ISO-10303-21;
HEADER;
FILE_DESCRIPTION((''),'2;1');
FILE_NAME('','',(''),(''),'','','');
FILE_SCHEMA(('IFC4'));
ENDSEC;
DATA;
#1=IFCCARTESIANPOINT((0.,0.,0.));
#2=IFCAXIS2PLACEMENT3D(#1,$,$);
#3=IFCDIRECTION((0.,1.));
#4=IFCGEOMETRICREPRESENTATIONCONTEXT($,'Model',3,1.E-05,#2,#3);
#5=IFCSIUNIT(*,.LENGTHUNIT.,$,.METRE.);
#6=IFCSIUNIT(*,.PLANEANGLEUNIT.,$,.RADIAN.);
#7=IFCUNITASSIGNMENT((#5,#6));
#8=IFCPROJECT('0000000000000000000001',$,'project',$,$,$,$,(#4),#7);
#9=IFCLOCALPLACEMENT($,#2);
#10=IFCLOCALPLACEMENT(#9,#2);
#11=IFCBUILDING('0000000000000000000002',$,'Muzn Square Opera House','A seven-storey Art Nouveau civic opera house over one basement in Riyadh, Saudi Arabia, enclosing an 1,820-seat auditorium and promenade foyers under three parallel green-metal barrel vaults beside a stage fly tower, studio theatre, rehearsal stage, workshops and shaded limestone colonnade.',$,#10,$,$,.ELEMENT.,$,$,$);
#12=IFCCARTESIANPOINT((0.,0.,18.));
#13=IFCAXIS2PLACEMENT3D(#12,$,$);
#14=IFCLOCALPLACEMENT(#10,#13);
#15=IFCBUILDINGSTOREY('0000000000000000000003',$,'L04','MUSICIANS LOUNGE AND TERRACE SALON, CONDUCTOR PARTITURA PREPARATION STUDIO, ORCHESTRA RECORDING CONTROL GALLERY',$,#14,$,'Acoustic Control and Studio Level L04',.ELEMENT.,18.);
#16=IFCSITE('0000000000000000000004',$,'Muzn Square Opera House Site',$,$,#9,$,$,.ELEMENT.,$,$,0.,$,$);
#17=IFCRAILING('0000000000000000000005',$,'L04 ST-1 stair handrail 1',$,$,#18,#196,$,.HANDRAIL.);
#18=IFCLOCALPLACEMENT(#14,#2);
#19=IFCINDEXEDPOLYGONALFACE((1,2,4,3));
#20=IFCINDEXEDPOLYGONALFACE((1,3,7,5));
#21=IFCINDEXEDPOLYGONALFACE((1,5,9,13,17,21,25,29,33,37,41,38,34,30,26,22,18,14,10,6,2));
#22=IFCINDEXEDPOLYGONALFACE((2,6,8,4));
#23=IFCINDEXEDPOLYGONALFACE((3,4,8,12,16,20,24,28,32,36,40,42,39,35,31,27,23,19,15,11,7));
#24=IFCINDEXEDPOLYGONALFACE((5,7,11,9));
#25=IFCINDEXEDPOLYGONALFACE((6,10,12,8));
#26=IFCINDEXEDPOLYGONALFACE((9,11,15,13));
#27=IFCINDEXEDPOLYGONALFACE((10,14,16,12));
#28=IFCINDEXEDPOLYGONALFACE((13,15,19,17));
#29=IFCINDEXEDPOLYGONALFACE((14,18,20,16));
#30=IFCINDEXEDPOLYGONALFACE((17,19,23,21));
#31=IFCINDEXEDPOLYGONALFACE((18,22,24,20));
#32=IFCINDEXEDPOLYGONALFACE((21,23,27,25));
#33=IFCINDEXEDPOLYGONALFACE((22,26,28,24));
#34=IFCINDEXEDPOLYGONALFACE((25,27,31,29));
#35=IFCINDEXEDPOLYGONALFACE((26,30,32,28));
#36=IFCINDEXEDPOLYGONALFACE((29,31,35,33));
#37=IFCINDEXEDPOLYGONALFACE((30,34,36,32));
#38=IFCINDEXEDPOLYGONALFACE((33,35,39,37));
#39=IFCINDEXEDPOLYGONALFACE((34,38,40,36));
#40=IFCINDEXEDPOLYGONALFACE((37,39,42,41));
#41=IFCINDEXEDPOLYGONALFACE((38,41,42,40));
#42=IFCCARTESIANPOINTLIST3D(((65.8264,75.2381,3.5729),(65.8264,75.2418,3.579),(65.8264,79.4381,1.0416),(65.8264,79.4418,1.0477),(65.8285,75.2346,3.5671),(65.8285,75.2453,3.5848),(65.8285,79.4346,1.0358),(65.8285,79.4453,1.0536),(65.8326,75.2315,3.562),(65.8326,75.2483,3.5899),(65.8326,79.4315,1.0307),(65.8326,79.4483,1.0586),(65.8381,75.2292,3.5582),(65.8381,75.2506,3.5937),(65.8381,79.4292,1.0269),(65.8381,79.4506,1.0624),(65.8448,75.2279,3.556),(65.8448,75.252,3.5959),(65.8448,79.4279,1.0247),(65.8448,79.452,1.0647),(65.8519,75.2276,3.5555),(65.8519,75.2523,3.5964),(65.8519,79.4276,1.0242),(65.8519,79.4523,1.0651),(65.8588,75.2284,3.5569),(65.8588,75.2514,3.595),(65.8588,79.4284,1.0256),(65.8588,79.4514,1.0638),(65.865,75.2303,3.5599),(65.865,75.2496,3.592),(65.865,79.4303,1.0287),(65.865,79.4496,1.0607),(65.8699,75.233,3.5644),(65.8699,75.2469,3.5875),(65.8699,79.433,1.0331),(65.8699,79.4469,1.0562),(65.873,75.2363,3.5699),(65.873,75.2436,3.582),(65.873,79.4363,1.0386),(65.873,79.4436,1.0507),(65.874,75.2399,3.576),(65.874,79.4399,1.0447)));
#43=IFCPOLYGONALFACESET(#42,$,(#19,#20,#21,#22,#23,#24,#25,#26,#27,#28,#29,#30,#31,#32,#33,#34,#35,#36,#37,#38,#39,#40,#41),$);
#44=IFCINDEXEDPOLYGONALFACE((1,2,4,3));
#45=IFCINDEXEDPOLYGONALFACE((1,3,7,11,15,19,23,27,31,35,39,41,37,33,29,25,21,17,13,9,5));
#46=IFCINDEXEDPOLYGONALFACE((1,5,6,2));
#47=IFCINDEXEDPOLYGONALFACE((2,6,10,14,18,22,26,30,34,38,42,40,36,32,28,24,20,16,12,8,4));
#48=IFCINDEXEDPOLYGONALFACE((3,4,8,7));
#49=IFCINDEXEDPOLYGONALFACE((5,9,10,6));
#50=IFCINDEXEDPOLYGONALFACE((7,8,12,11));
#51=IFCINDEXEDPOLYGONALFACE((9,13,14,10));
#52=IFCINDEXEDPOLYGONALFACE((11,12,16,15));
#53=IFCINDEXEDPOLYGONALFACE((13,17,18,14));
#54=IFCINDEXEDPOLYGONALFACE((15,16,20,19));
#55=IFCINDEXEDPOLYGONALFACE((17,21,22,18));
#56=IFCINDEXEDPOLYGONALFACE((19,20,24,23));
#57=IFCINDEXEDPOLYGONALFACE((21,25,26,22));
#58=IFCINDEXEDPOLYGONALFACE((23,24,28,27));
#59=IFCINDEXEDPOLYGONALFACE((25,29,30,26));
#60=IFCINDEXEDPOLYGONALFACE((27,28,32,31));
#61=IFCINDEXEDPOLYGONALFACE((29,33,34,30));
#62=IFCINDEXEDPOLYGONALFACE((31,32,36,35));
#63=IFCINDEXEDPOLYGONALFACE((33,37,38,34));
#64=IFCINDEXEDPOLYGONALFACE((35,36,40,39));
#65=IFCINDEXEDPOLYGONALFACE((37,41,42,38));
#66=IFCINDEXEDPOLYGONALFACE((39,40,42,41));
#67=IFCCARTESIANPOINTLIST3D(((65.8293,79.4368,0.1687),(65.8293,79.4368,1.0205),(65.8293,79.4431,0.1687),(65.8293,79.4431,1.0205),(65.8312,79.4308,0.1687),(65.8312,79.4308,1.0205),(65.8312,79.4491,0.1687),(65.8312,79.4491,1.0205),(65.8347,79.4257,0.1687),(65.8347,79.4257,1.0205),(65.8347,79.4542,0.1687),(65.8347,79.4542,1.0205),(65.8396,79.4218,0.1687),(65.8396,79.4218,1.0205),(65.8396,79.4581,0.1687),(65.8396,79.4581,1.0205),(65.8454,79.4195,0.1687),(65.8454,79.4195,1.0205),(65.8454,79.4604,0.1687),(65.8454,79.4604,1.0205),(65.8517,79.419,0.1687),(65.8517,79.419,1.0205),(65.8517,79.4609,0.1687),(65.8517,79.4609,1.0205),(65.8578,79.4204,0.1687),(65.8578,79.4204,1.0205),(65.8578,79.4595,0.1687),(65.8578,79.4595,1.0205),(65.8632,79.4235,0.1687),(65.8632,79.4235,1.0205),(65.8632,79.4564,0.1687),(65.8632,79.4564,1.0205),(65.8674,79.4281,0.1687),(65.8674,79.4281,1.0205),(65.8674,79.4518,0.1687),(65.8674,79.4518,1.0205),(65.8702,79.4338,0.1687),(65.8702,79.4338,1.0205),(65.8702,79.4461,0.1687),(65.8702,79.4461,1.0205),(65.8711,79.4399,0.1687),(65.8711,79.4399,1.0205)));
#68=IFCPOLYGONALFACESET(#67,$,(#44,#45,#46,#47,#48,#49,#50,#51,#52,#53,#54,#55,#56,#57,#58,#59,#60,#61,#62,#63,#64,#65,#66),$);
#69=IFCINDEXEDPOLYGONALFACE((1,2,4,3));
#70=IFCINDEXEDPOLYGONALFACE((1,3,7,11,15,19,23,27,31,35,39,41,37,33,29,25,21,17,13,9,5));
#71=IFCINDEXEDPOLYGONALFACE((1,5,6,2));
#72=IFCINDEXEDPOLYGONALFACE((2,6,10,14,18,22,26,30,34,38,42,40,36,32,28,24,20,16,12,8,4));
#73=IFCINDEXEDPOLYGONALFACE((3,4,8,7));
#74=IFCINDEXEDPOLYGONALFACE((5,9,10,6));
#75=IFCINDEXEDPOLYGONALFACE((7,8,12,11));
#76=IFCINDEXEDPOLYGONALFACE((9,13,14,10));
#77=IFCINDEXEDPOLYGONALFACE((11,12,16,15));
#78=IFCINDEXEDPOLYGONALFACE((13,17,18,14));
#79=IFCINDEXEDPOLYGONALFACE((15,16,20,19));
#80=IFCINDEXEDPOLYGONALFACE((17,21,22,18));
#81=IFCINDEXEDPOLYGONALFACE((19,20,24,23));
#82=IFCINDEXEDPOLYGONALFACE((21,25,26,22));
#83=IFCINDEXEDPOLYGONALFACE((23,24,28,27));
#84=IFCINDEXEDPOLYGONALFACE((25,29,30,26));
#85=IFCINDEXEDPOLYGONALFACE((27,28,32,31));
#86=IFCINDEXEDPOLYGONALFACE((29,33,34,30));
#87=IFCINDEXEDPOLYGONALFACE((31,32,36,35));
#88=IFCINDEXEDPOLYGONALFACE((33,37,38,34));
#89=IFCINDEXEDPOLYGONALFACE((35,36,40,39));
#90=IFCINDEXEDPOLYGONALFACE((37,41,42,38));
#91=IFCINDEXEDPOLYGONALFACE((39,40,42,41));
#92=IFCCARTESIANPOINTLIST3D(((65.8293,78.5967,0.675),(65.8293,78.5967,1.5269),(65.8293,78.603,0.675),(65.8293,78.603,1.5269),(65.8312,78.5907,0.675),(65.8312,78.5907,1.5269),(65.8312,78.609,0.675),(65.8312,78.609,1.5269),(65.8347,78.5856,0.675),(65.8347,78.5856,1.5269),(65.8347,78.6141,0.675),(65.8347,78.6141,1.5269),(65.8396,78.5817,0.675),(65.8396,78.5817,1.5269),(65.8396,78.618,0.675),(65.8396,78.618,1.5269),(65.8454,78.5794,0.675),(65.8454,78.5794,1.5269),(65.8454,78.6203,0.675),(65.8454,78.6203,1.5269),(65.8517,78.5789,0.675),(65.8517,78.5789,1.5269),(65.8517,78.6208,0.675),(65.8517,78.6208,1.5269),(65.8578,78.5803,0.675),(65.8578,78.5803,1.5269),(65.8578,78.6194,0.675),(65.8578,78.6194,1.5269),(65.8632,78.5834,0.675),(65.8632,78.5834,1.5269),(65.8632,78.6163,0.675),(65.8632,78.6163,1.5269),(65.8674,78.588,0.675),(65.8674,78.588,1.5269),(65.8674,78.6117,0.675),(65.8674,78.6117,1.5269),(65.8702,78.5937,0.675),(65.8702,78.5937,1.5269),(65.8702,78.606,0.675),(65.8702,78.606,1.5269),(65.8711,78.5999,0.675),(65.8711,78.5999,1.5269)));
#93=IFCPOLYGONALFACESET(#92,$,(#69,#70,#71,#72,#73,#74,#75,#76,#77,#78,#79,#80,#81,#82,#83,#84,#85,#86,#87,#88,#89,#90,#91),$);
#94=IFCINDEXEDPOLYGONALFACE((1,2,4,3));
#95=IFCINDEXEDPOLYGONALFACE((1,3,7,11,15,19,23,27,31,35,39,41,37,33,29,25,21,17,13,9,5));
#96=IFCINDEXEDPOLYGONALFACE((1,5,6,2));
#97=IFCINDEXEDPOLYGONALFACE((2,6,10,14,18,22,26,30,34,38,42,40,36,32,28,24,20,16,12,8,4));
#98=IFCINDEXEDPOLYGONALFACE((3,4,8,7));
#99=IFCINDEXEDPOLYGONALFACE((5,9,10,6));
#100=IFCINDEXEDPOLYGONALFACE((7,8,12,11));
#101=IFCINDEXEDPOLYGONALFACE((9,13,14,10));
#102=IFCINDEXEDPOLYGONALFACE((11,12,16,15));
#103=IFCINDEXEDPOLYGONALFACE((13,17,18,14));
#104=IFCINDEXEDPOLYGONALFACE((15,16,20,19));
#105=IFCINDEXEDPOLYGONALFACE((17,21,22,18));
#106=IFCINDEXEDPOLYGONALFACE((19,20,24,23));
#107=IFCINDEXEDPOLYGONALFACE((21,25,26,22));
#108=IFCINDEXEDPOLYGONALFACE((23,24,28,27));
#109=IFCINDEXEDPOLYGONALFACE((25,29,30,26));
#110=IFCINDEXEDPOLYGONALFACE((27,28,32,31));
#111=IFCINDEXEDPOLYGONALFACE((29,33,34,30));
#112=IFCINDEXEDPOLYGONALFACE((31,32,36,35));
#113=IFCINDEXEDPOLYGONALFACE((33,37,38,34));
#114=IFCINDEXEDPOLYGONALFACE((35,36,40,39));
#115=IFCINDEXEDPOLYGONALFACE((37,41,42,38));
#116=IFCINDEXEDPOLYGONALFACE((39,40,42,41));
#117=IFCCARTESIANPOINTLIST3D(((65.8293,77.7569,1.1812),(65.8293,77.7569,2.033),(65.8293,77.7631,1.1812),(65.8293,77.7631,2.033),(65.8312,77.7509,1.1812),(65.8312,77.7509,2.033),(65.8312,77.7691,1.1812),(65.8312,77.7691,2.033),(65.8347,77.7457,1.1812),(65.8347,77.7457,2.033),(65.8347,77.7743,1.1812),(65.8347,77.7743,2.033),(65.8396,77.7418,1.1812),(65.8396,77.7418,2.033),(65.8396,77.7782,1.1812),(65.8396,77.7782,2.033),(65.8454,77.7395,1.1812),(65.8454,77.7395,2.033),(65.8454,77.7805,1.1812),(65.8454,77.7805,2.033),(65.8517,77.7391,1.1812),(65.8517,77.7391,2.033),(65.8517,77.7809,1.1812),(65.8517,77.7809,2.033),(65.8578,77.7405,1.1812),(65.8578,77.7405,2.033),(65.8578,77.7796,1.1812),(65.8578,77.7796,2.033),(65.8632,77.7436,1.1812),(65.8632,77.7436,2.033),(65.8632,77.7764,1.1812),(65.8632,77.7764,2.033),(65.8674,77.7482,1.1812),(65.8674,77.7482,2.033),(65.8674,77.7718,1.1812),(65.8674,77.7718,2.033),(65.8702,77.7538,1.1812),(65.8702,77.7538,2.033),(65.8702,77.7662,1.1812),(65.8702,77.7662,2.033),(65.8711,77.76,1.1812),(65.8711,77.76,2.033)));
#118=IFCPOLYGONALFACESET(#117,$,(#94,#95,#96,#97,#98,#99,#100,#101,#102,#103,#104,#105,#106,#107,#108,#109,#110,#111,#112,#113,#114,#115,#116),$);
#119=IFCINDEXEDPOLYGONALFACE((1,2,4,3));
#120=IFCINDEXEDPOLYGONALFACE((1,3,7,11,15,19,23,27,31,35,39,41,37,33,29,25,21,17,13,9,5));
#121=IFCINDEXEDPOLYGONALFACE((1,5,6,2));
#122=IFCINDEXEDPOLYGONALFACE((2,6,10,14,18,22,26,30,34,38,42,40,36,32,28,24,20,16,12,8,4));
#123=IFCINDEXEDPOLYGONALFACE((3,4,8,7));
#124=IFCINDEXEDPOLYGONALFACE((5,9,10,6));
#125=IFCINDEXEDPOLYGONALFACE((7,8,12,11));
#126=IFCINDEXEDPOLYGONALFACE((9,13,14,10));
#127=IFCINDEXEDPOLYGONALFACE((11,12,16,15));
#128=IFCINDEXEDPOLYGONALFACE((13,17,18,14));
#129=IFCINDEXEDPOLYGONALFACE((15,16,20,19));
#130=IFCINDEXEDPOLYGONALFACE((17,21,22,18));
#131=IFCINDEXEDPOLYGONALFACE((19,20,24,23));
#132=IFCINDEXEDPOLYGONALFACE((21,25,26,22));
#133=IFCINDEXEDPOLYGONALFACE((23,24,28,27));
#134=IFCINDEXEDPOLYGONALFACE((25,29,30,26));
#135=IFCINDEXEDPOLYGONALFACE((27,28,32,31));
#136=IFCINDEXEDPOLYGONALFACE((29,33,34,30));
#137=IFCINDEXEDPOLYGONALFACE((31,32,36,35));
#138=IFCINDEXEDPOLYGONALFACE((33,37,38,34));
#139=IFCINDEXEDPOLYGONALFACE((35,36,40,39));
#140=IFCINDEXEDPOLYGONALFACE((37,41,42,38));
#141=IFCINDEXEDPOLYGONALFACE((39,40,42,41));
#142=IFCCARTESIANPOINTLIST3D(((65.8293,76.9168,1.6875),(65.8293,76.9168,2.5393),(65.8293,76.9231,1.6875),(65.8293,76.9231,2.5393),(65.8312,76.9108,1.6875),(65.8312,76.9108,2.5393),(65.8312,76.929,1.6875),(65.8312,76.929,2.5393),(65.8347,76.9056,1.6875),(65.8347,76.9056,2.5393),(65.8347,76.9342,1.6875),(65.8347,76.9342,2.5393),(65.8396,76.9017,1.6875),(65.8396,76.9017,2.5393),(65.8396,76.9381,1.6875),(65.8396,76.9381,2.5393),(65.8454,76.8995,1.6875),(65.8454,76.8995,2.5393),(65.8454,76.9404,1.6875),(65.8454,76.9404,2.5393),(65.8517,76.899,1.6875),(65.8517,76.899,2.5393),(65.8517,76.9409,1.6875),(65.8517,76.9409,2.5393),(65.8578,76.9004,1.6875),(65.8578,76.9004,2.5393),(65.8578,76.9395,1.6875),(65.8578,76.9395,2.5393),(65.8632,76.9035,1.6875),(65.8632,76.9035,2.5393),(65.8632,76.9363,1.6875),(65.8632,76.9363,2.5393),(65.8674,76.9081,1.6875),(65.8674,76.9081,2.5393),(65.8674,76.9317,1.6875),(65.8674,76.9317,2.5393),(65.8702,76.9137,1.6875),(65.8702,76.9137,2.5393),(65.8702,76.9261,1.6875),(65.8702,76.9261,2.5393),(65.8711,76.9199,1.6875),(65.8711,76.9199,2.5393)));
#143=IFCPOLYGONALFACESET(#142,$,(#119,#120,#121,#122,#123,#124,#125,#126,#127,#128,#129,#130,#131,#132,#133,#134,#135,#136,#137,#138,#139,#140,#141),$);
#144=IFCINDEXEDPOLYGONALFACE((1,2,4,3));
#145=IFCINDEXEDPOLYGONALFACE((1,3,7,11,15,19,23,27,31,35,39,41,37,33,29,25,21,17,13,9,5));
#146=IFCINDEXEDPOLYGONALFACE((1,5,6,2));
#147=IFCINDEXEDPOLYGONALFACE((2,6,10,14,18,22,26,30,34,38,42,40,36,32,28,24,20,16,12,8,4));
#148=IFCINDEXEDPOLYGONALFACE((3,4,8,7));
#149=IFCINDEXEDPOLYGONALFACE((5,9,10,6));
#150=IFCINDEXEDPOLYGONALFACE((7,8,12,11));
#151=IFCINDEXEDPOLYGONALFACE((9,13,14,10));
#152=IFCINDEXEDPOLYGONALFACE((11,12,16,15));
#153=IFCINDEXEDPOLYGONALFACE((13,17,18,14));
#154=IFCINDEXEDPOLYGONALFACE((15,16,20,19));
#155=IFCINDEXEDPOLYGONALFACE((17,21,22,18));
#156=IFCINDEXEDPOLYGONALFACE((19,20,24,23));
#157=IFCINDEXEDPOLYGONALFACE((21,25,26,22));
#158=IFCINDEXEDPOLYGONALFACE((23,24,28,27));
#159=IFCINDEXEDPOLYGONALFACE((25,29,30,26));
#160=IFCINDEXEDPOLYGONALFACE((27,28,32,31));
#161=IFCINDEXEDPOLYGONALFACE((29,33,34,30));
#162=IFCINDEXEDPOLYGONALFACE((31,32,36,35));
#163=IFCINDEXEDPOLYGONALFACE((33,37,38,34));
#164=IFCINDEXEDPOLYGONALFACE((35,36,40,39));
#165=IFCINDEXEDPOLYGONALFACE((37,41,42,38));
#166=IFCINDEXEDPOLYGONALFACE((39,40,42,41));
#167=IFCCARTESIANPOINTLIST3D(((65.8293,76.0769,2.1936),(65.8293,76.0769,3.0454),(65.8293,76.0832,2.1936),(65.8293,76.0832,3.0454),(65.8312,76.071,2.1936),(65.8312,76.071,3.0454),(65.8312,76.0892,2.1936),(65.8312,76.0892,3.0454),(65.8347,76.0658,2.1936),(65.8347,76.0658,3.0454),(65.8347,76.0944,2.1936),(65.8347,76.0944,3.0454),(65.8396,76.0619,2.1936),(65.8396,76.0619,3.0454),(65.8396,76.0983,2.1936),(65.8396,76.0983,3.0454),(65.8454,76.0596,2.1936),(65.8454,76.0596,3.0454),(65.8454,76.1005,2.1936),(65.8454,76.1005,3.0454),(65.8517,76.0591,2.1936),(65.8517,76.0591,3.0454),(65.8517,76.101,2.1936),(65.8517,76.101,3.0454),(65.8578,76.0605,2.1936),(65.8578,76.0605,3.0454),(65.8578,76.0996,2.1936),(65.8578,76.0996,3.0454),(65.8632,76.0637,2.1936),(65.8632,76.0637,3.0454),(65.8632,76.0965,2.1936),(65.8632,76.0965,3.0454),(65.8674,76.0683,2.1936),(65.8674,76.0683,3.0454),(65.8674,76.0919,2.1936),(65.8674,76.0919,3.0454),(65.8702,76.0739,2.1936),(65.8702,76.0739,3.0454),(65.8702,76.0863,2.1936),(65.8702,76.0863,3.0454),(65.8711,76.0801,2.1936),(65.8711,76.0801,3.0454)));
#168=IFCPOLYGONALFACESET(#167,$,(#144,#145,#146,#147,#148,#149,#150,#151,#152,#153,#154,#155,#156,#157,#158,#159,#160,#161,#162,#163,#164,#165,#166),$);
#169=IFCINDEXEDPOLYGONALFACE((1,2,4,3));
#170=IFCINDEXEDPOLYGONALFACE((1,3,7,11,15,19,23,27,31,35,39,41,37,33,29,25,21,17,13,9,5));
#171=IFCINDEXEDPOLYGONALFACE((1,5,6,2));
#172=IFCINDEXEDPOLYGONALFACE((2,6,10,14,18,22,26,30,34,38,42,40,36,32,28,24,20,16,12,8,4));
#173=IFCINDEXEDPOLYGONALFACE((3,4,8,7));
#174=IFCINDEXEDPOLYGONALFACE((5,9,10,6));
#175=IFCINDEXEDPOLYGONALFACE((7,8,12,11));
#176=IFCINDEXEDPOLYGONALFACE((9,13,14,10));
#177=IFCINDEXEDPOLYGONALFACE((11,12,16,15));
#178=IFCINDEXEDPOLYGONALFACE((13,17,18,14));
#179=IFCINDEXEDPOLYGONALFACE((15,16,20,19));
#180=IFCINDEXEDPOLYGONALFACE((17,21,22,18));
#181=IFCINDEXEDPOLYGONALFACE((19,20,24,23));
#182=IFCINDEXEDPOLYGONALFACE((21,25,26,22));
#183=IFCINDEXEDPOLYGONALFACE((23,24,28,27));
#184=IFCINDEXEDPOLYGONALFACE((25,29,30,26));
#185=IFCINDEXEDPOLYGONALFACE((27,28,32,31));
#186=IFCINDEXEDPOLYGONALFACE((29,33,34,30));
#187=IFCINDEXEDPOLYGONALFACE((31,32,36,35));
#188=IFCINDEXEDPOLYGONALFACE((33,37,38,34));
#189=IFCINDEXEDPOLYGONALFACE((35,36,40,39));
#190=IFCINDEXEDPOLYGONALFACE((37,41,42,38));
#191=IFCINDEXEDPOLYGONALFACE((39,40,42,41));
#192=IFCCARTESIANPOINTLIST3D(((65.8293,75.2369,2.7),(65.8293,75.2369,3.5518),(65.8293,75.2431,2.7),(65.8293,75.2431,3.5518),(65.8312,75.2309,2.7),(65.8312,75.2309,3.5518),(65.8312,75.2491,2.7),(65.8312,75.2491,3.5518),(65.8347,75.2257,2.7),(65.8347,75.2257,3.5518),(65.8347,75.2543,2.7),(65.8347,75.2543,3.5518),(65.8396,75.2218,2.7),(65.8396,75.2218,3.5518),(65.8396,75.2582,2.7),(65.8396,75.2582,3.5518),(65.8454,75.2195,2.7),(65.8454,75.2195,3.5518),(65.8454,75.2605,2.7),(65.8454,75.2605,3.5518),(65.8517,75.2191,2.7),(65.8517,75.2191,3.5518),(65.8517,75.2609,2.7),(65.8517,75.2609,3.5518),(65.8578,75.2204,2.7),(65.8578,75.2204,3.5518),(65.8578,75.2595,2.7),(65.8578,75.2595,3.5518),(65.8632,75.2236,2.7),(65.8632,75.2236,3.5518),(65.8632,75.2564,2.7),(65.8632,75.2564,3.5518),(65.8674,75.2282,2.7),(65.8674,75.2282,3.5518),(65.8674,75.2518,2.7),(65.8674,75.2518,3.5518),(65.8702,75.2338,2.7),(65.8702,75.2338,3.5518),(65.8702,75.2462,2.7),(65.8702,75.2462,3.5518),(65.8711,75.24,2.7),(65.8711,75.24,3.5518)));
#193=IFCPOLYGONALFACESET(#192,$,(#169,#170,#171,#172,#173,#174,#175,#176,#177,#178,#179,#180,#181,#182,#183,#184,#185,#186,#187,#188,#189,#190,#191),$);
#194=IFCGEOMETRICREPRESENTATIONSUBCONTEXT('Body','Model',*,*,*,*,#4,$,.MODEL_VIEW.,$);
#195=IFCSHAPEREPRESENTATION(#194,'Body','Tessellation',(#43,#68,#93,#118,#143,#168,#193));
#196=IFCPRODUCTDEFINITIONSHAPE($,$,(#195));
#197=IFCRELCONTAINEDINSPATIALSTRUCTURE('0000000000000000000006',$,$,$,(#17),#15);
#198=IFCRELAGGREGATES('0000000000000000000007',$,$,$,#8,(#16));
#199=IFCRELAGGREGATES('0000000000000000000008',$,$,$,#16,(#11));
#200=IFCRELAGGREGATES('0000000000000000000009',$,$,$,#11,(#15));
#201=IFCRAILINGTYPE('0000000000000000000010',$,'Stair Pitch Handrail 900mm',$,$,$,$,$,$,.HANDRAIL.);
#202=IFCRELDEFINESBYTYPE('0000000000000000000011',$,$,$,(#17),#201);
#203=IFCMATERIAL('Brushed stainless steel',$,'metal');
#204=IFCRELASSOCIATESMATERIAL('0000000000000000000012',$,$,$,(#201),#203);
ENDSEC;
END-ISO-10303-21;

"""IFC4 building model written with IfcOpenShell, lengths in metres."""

from ifc_helpers import new_model, si_unit, direction, frame, origin, origin_2d, place, context, subcontext, project, spatial, circle, extrude, material, type_object, element, save


model = new_model("IFC4")

# Units and contexts
model_context = context("Model", 3, precision=1e-05, world=origin(), true_north=direction((0.0, 1.0)))
body_context = subcontext(model_context, "Body", "Model", "MODEL_VIEW")
ifc_project = project(units=[si_unit("LENGTHUNIT", "METRE"), si_unit("PLANEANGLEUNIT", "RADIAN")], contexts=[model_context])

# Site, building, storey
site_placement = place(None, origin())
site = spatial("IfcSite", under=ifc_project, at=site_placement, Name="Muzn Square Opera House Site", CompositionType="ELEMENT", RefElevation=0.0)
building_placement = place(site_placement, origin())
building = spatial("IfcBuilding", under=site, at=building_placement, Name="Muzn Square Opera House", Description="A seven-storey Art Nouveau civic opera house over one basement in Riyadh, Saudi Arabia, enclosing an 1,820-seat auditorium and promenade foyers under three parallel green-metal barrel vaults beside a stage fly tower, studio theatre, rehearsal stage, workshops and shaded limestone colonnade.", CompositionType="ELEMENT")
storey_placement = place(building_placement, frame((0.0, 0.0, 18.0)))
storey = spatial("IfcBuildingStorey", under=building, at=storey_placement, Name="L04", Description="MUSICIANS LOUNGE AND TERRACE SALON, CONDUCTOR PARTITURA PREPARATION STUDIO, ORCHESTRA RECORDING CONTROL GALLERY", LongName="Acoustic Control and Studio Level L04", CompositionType="ELEMENT", Elevation=18.0)

# Shared definitions
ifc_material_1 = material(Name="Brushed stainless steel", Category="metal")

# Railing
railing_type_1 = type_object("IfcRailingType", Name="Stair Pitch Handrail 900mm", PredefinedType="HANDRAIL", material=ifc_material_1)
railing_1_placement = place(storey_placement, frame((65.8501, 79.4399, 0.1687)))
element("IfcRailing", 1, at=railing_1_placement, inside=storey, type_object=railing_type_1, Name="L04 ST-1 stair handrail 1", PredefinedType="HANDRAIL", context=body_context, shape_type="SweptSolid", body=[
    extrude(circle(Radius=0.0239, at=origin_2d()), frame((0.0, 0.0, 0.876), z_axis=(0.0, -0.856476, 0.516186), x_axis=(1.0, 0.0, 0.0)), (0.0, 0.0, 1.0), 4.9038),
    extrude(circle(Radius=0.021, at=origin_2d()), origin(), (0.0, 0.0, 1.0), 0.8518),
    extrude(circle(Radius=0.021, at=origin_2d()), frame((0.0, -0.8401, 0.5063)), (0.0, 0.0, 1.0), 0.8518),
    extrude(circle(Radius=0.021, at=origin_2d()), frame((0.0, -1.6799, 1.0125)), (0.0, 0.0, 1.0), 0.8518),
    extrude(circle(Radius=0.021, at=origin_2d()), frame((0.0, -2.52, 1.5188)), (0.0, 0.0, 1.0), 0.8518),
    extrude(circle(Radius=0.021, at=origin_2d()), frame((0.0, -3.3599, 2.0249)), (0.0, 0.0, 1.0), 0.8518),
    extrude(circle(Radius=0.021, at=origin_2d()), frame((0.0, -4.2, 2.5312)), (0.0, 0.0, 1.0), 0.8518),
])

save(model, "model.ifc")
